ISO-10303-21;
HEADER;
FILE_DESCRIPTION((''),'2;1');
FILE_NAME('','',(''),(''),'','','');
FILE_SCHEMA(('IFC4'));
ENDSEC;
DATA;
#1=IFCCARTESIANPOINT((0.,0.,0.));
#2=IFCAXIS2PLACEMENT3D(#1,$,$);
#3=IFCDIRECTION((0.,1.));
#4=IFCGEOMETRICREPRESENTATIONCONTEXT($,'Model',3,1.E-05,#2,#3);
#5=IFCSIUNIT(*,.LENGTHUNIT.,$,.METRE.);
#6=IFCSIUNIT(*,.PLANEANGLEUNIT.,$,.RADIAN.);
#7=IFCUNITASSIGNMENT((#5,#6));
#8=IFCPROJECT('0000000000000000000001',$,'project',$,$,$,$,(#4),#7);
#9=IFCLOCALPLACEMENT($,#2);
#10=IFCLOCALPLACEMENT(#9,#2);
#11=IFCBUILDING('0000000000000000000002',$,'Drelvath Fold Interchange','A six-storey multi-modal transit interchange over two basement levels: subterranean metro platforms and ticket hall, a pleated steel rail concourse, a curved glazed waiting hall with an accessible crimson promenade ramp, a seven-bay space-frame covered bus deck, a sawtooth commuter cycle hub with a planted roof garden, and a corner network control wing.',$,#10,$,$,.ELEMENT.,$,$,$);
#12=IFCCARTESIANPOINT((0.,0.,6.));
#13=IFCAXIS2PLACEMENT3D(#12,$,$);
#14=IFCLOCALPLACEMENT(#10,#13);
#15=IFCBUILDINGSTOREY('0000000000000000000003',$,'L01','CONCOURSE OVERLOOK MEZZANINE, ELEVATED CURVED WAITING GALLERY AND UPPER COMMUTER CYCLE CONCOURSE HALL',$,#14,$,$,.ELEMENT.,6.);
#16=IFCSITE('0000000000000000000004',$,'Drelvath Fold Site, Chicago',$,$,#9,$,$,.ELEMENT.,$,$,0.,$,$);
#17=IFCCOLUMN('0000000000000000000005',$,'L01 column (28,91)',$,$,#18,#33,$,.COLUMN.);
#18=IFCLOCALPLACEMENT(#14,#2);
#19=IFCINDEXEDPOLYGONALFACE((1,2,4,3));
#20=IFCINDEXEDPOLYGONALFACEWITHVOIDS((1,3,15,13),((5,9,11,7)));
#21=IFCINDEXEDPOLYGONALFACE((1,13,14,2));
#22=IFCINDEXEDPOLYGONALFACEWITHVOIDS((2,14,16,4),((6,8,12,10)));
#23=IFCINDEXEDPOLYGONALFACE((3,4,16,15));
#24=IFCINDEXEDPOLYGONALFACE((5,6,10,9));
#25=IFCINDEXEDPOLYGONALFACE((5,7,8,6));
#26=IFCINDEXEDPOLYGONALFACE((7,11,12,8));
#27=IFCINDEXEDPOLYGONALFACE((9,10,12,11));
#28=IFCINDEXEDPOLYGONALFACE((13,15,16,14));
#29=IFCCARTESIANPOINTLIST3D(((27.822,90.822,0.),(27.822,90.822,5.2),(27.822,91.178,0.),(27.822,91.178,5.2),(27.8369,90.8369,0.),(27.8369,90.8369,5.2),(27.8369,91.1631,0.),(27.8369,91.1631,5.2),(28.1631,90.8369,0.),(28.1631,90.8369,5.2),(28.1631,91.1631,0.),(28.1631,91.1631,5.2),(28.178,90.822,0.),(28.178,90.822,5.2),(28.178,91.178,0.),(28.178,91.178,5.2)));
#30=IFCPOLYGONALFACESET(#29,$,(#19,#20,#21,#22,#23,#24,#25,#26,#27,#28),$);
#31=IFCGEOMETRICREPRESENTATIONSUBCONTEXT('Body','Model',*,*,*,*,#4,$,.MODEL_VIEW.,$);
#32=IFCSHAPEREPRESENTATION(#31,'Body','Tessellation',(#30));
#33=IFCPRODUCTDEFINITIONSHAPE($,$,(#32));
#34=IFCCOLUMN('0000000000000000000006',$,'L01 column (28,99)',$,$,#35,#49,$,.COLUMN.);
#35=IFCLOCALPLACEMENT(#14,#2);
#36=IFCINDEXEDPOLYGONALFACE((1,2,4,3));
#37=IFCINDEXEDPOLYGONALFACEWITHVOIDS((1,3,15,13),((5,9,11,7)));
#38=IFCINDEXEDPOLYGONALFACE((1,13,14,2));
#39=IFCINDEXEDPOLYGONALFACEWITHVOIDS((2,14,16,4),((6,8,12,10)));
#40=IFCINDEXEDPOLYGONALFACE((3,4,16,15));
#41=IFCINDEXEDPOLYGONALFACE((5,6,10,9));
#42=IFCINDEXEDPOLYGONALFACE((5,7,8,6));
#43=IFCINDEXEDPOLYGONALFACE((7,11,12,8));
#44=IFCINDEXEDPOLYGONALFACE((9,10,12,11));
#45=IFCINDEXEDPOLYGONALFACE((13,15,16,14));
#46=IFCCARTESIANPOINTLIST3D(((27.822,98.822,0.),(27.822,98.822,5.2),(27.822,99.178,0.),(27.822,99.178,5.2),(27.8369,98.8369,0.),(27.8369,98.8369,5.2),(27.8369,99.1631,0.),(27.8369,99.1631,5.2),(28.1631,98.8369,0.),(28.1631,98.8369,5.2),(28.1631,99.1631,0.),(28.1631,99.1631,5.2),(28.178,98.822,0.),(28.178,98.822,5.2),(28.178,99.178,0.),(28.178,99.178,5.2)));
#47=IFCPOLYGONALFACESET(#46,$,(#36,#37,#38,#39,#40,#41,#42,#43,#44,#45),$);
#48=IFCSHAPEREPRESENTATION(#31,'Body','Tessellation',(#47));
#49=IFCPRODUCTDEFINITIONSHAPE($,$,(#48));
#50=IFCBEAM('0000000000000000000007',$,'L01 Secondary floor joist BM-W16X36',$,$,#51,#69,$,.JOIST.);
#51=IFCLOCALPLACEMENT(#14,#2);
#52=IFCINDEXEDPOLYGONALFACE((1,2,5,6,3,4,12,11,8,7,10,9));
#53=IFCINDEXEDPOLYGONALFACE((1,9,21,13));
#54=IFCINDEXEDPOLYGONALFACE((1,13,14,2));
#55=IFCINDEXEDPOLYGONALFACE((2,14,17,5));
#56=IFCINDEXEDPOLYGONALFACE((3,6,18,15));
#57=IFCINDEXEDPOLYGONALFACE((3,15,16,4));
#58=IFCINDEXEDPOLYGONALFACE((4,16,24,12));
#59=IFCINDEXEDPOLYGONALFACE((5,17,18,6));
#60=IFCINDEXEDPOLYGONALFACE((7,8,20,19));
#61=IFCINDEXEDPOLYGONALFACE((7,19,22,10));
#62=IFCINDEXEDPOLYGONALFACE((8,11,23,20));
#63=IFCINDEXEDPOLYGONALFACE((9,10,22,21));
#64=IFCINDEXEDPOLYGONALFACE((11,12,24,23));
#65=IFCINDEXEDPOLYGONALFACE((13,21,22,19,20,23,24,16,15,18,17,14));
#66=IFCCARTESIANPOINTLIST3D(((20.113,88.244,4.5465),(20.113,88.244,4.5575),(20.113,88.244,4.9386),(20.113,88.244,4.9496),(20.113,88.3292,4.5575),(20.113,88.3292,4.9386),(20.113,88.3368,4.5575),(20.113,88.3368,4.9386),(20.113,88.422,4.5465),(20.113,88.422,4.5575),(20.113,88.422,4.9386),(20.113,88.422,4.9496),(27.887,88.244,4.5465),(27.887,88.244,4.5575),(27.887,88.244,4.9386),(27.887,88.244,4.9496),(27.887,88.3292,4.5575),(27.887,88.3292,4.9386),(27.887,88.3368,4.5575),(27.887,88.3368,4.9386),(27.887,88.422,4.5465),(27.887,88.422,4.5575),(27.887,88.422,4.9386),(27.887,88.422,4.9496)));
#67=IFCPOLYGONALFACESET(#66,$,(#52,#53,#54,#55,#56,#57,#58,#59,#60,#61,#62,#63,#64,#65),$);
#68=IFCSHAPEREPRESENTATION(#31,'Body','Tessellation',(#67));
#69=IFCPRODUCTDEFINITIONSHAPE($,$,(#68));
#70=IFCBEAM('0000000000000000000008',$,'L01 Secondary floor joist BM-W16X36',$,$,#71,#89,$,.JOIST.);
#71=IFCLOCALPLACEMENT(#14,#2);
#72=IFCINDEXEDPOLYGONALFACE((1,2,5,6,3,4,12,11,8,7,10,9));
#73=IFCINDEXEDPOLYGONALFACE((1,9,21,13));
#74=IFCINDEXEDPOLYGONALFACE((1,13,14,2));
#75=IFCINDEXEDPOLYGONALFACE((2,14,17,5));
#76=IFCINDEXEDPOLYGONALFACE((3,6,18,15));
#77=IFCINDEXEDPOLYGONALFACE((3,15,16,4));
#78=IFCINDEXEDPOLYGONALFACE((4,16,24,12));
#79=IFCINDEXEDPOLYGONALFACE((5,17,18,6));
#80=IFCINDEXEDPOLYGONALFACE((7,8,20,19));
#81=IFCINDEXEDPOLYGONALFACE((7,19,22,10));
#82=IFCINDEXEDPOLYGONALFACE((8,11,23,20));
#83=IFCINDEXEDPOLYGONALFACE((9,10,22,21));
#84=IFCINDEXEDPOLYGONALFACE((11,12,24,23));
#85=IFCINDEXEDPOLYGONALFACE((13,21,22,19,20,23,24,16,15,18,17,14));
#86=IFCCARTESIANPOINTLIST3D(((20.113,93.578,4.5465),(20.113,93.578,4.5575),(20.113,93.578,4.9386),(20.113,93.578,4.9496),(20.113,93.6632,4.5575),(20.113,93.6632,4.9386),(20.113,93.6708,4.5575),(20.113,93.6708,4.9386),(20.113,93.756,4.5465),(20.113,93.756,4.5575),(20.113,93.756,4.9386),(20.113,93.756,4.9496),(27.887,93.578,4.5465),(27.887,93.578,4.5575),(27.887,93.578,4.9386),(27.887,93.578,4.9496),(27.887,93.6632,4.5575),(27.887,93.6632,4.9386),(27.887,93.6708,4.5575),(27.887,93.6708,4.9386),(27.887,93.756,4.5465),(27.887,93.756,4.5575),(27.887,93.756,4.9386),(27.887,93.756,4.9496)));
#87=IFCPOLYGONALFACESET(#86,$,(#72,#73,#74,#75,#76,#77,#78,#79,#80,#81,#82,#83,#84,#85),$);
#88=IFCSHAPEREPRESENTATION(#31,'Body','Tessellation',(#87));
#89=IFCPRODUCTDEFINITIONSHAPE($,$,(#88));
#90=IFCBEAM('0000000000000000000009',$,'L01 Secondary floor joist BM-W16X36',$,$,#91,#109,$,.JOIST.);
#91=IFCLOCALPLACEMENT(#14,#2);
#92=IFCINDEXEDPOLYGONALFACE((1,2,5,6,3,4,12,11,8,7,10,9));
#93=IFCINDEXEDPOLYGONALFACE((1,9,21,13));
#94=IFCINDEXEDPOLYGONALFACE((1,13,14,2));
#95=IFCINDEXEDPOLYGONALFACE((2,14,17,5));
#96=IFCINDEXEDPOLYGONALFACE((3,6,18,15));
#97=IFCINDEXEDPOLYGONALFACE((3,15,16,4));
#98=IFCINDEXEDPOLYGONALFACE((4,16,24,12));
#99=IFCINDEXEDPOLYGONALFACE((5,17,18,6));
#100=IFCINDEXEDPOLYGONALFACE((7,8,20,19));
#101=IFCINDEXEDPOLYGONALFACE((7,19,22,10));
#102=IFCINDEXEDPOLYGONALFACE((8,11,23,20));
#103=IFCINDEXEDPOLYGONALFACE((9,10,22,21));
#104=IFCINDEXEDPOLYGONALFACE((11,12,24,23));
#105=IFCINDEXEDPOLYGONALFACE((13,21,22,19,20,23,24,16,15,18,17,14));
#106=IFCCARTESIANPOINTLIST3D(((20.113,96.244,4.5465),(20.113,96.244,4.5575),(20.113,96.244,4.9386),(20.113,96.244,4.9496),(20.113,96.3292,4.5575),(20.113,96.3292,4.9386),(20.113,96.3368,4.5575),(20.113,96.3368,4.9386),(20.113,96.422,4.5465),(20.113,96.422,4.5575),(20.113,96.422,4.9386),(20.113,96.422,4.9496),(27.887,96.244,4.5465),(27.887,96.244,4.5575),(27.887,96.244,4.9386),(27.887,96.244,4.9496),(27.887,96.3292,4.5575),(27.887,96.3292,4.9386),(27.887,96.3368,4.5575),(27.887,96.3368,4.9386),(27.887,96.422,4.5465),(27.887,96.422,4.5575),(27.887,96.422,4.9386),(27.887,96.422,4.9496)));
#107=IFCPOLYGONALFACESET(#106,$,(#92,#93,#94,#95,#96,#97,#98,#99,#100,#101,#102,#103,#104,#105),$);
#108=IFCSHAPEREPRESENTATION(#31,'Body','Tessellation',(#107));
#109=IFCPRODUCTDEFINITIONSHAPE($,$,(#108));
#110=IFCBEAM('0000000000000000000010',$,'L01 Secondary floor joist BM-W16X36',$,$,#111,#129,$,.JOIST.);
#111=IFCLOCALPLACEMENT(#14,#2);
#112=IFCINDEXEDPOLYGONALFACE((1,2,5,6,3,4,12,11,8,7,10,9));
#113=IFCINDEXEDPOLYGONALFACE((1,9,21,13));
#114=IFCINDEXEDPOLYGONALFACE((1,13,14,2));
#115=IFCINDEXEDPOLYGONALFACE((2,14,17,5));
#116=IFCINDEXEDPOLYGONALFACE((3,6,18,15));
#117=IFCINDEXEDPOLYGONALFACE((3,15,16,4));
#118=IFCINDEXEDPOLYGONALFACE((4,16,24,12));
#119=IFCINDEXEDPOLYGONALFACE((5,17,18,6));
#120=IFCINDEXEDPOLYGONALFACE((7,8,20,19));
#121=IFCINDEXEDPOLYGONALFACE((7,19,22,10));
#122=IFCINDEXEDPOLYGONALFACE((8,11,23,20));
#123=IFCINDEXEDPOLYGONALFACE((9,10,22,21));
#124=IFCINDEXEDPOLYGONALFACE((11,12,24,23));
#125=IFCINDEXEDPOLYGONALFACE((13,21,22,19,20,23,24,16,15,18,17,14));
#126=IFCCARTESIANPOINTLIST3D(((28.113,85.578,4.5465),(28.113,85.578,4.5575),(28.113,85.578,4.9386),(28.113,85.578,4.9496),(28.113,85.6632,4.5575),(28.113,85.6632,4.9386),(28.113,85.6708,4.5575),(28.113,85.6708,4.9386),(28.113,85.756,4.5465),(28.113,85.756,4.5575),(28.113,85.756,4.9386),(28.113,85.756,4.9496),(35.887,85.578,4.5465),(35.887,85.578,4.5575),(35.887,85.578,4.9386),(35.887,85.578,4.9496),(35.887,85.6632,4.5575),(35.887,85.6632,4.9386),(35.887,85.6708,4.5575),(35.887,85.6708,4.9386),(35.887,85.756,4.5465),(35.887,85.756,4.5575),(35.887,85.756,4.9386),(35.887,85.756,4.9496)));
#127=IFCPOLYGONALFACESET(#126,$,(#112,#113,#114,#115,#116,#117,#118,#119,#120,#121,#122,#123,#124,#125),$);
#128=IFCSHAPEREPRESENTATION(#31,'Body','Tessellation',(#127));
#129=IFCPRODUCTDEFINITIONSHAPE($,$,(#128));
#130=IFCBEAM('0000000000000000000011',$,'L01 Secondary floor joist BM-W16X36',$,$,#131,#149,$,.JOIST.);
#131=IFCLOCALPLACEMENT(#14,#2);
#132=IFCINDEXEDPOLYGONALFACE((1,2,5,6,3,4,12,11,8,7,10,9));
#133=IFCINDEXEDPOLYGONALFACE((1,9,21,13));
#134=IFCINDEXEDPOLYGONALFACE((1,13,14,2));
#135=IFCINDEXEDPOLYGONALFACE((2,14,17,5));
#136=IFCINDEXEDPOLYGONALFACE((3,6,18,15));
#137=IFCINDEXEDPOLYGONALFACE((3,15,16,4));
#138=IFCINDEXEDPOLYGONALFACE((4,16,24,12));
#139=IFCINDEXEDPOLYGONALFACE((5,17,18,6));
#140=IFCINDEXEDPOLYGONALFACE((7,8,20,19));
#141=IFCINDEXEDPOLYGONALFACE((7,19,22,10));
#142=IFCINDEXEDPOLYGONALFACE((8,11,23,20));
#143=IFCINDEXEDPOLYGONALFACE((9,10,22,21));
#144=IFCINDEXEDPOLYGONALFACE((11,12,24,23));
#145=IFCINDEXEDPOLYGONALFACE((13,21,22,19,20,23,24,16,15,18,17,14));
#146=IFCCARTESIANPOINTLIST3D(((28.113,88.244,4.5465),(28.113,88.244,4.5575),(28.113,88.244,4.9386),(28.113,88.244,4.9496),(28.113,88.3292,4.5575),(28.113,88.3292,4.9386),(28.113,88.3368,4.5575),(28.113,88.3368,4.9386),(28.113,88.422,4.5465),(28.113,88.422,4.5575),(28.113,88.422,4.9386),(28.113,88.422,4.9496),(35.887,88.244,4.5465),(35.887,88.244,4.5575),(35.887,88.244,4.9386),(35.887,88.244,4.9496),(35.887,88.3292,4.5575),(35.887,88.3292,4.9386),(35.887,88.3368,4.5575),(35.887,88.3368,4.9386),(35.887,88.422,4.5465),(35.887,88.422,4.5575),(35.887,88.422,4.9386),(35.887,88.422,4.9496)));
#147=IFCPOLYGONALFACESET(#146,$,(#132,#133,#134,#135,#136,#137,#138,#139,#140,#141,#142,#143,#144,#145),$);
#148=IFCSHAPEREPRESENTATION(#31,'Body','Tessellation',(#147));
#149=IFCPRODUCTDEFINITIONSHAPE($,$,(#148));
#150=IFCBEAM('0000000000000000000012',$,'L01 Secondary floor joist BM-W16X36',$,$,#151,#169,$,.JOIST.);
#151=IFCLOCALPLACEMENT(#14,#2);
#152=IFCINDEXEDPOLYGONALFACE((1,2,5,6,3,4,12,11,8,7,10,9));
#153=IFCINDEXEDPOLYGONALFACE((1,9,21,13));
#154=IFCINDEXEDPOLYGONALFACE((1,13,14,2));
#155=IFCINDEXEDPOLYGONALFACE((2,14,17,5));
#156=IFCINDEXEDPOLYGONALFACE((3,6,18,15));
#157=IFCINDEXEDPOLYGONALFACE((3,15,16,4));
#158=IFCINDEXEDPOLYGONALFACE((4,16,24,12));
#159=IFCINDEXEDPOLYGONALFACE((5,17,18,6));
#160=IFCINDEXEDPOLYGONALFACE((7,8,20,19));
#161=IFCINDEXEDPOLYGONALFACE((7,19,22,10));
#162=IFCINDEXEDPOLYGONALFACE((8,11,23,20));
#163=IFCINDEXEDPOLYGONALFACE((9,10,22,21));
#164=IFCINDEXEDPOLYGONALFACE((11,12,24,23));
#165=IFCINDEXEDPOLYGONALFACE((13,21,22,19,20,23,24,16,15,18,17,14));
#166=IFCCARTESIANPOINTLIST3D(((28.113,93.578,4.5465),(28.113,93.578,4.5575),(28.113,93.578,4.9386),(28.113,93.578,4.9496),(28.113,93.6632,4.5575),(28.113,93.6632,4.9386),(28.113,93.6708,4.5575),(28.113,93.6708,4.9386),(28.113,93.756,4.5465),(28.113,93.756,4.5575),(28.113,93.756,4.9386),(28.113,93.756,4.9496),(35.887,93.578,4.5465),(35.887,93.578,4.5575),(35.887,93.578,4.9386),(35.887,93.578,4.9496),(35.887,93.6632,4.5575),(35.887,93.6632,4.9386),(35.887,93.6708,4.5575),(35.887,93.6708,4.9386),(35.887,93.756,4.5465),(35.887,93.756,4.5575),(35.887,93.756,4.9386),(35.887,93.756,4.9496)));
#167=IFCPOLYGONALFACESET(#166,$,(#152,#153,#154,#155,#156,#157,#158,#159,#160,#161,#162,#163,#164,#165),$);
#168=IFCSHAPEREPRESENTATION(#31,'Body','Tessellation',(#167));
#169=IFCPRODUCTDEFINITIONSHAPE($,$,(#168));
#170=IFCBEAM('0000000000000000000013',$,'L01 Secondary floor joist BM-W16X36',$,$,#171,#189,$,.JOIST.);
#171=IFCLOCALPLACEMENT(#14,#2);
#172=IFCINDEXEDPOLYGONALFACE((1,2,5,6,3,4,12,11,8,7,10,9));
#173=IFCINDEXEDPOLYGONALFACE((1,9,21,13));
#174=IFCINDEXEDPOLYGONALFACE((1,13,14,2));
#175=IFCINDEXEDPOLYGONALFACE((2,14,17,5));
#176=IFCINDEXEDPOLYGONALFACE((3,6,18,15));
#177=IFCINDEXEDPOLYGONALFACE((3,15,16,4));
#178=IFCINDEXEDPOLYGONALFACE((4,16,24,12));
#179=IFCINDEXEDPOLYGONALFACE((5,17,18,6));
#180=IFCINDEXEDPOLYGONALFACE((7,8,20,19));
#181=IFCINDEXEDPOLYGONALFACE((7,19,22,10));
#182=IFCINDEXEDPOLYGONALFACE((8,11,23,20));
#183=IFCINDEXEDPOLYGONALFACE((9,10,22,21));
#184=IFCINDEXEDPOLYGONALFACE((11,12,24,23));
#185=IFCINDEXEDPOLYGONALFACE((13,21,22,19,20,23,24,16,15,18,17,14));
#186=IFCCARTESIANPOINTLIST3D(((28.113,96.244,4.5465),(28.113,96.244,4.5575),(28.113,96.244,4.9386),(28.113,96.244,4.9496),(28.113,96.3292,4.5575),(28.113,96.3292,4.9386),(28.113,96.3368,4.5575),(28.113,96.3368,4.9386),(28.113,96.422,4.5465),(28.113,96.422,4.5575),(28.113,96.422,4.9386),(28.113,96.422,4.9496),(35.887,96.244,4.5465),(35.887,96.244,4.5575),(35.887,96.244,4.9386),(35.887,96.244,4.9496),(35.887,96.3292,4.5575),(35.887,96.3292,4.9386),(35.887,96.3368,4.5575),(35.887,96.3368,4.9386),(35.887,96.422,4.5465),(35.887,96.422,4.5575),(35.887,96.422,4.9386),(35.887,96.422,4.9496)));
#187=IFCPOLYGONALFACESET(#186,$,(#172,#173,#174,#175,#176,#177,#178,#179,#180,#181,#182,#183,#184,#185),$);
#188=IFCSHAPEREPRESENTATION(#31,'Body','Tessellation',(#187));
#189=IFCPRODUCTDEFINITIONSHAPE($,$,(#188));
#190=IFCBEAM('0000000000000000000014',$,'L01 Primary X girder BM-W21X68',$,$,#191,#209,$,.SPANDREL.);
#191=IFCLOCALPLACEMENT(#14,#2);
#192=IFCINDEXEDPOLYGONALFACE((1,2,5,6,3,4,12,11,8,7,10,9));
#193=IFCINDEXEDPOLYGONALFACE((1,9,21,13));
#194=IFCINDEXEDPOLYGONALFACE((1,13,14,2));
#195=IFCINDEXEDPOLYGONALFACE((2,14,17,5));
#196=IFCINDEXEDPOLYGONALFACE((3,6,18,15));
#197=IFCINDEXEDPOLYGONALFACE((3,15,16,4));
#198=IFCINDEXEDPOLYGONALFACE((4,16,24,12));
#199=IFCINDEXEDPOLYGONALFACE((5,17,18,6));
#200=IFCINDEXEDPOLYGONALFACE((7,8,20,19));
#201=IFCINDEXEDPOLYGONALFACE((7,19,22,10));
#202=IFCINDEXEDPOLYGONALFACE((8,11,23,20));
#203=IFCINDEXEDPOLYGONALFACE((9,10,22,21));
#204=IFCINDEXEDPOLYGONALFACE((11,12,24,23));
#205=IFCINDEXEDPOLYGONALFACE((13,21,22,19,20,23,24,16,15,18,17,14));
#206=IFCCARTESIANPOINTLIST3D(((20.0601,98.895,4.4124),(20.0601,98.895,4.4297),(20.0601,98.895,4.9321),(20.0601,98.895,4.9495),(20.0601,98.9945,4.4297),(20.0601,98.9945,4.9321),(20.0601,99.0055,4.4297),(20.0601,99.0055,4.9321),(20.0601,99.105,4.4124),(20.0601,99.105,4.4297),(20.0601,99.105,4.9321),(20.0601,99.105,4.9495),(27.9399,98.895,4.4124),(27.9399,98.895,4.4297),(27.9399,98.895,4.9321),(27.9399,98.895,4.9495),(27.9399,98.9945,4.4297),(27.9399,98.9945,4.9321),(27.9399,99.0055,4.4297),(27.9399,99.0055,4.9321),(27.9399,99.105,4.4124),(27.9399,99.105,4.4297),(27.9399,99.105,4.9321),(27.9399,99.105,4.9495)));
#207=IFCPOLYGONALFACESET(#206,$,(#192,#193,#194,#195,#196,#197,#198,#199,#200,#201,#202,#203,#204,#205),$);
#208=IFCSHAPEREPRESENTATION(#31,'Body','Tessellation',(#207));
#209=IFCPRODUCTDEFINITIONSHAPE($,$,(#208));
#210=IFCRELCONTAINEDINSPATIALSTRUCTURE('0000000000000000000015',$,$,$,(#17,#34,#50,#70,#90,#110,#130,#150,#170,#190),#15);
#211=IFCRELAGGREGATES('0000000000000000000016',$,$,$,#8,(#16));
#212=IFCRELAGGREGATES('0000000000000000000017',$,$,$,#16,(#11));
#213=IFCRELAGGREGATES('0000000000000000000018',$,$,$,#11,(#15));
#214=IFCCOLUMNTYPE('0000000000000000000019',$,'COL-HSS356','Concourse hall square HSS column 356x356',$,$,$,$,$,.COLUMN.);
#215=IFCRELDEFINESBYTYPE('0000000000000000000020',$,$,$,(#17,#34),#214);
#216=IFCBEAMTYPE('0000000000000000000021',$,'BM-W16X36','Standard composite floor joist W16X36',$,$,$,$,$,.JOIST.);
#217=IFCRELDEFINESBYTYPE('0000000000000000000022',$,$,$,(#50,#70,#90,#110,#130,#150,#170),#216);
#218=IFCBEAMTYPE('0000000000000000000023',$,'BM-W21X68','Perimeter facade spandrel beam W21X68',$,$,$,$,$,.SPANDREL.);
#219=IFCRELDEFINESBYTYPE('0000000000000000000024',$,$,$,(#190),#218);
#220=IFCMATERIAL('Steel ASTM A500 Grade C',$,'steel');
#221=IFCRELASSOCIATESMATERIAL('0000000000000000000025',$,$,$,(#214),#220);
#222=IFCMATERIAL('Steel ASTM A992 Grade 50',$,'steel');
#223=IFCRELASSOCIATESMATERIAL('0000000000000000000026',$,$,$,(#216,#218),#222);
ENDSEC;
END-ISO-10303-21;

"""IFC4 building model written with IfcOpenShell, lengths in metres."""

from ifc_helpers import new_model, si_unit, direction, frame, origin, origin_2d, place, context, subcontext, project, spatial, hollow_rectangle, i_section, extrude, material, material_profile, profile_set, type_object, element, save


model = new_model("IFC4")

# Units and contexts
model_context = context("Model", 3, precision=1e-05, world=origin(), true_north=direction((0.0, 1.0)))
body_context = subcontext(model_context, "Body", "Model", "MODEL_VIEW")
ifc_project = project(units=[si_unit("LENGTHUNIT", "METRE"), si_unit("PLANEANGLEUNIT", "RADIAN")], contexts=[model_context])

# Site, building, storey
site_placement = place(None, origin())
site = spatial("IfcSite", under=ifc_project, at=site_placement, Name="Drelvath Fold Site, Chicago", CompositionType="ELEMENT", RefElevation=0.0)
building_placement = place(site_placement, origin())
building = spatial("IfcBuilding", under=site, at=building_placement, Name="Drelvath Fold Interchange", Description="A six-storey multi-modal transit interchange over two basement levels: subterranean metro platforms and ticket hall, a pleated steel rail concourse, a curved glazed waiting hall with an accessible crimson promenade ramp, a seven-bay space-frame covered bus deck, a sawtooth commuter cycle hub with a planted roof garden, and a corner network control wing.", CompositionType="ELEMENT")
storey_placement = place(building_placement, frame((0.0, 0.0, 6.0)))
storey = spatial("IfcBuildingStorey", under=building, at=storey_placement, Name="L01", Description="CONCOURSE OVERLOOK MEZZANINE, ELEVATED CURVED WAITING GALLERY AND UPPER COMMUTER CYCLE CONCOURSE HALL", CompositionType="ELEMENT", Elevation=6.0)

# Columns
ifc_material_1 = material(Name="Steel ASTM A500 Grade C", Category="steel")
ifc_material_profile_1 = material_profile(ifc_material_1, hollow_rectangle(XDim=0.356, YDim=0.356, WallThickness=0.0149, at=origin_2d()), Name="HSS14X14X5/8")
ifc_profile_set_1 = profile_set([ifc_material_profile_1], Name="Steel ASTM A500 Grade C")
column_type = type_object("IfcColumnType", Name="COL-HSS356", Description="Concourse hall square HSS column 356x356", PredefinedType="COLUMN", material=ifc_profile_set_1)
for number, where, z_axis, x_axis, name in (
    (1, (28.0, 91.0, 0.0), (0.0, 0.0, 1.0), (1.0, 0.0, 0.0), "L01 column (28,91)"),
    (2, (28.0, 99.0, 0.0), (0.0, 0.0, 1.0), (1.0, 0.0, 0.0), "L01 column (28,99)"),
):
    element("IfcColumn", number, at=place(storey_placement, frame(where, z_axis=z_axis, x_axis=x_axis)), inside=storey, type_object=column_type, Name=name, PredefinedType="COLUMN", context=body_context, shape_type="SweptSolid", body=[
        extrude(hollow_rectangle(XDim=0.356, YDim=0.356, WallThickness=0.0149, at=origin_2d()), origin(), (0.0, 0.0, 1.0), 5.2),
    ])

# Beams
ifc_material_2 = material(Name="Steel ASTM A992 Grade 50", Category="steel")
ifc_material_profile_2 = material_profile(ifc_material_2, i_section(OverallWidth=0.178, OverallDepth=0.4031, WebThickness=0.0076, FlangeThickness=0.011, at=origin_2d()), Name="W16X36")
ifc_profile_set_2 = profile_set([ifc_material_profile_2], Name="Steel ASTM A992 Grade 50")
beam_type_1 = type_object("IfcBeamType", Name="BM-W16X36", Description="Standard composite floor joist W16X36", PredefinedType="JOIST", material=ifc_profile_set_2)
for number, where, z_axis, x_axis, name in (
    (3, (20.113, 88.333, 4.748), (1.0, 0.0, 0.0), (0.0, 1.0, 0.0), "L01 Secondary floor joist BM-W16X36"),
    (4, (20.113, 93.667, 4.748), (1.0, 0.0, 0.0), (0.0, 1.0, 0.0), "L01 Secondary floor joist BM-W16X36"),
    (5, (20.113, 96.333, 4.748), (1.0, 0.0, 0.0), (0.0, 1.0, 0.0), "L01 Secondary floor joist BM-W16X36"),
    (6, (28.113, 85.667, 4.748), (1.0, 0.0, 0.0), (0.0, 1.0, 0.0), "L01 Secondary floor joist BM-W16X36"),
    (7, (28.113, 88.333, 4.748), (1.0, 0.0, 0.0), (0.0, 1.0, 0.0), "L01 Secondary floor joist BM-W16X36"),
    (8, (28.113, 93.667, 4.748), (1.0, 0.0, 0.0), (0.0, 1.0, 0.0), "L01 Secondary floor joist BM-W16X36"),
    (9, (28.113, 96.333, 4.748), (1.0, 0.0, 0.0), (0.0, 1.0, 0.0), "L01 Secondary floor joist BM-W16X36"),
):
    element("IfcBeam", number, at=place(storey_placement, frame(where, z_axis=z_axis, x_axis=x_axis)), inside=storey, type_object=beam_type_1, Name=name, PredefinedType="JOIST", context=body_context, shape_type="SweptSolid", body=[
        extrude(i_section(OverallWidth=0.178, OverallDepth=0.4031, WebThickness=0.0076, FlangeThickness=0.011, at=origin_2d()), origin(), (0.0, 0.0, 1.0), 7.7739),
    ])
ifc_material_profile_3 = material_profile(ifc_material_2, i_section(OverallWidth=0.21, OverallDepth=0.5371, WebThickness=0.011, FlangeThickness=0.0173, at=origin_2d()), Name="W21X68")
ifc_profile_set_3 = profile_set([ifc_material_profile_3], Name="Steel ASTM A992 Grade 50")
beam_type_2 = type_object("IfcBeamType", Name="BM-W21X68", Description="Perimeter facade spandrel beam W21X68", PredefinedType="SPANDREL", material=ifc_profile_set_3)
for number, where, z_axis, x_axis, name in (
    (10, (20.0601, 99.0, 4.6809), (1.0, 0.0, 0.0), (0.0, 1.0, 0.0), "L01 Primary X girder BM-W21X68"),
):
    element("IfcBeam", number, at=place(storey_placement, frame(where, z_axis=z_axis, x_axis=x_axis)), inside=storey, type_object=beam_type_2, Name=name, PredefinedType="SPANDREL", context=body_context, shape_type="SweptSolid", body=[
        extrude(i_section(OverallWidth=0.21, OverallDepth=0.5371, WebThickness=0.011, FlangeThickness=0.0173, at=origin_2d()), origin(), (0.0, 0.0, 1.0), 7.8799),
    ])

save(model, "model.ifc")
